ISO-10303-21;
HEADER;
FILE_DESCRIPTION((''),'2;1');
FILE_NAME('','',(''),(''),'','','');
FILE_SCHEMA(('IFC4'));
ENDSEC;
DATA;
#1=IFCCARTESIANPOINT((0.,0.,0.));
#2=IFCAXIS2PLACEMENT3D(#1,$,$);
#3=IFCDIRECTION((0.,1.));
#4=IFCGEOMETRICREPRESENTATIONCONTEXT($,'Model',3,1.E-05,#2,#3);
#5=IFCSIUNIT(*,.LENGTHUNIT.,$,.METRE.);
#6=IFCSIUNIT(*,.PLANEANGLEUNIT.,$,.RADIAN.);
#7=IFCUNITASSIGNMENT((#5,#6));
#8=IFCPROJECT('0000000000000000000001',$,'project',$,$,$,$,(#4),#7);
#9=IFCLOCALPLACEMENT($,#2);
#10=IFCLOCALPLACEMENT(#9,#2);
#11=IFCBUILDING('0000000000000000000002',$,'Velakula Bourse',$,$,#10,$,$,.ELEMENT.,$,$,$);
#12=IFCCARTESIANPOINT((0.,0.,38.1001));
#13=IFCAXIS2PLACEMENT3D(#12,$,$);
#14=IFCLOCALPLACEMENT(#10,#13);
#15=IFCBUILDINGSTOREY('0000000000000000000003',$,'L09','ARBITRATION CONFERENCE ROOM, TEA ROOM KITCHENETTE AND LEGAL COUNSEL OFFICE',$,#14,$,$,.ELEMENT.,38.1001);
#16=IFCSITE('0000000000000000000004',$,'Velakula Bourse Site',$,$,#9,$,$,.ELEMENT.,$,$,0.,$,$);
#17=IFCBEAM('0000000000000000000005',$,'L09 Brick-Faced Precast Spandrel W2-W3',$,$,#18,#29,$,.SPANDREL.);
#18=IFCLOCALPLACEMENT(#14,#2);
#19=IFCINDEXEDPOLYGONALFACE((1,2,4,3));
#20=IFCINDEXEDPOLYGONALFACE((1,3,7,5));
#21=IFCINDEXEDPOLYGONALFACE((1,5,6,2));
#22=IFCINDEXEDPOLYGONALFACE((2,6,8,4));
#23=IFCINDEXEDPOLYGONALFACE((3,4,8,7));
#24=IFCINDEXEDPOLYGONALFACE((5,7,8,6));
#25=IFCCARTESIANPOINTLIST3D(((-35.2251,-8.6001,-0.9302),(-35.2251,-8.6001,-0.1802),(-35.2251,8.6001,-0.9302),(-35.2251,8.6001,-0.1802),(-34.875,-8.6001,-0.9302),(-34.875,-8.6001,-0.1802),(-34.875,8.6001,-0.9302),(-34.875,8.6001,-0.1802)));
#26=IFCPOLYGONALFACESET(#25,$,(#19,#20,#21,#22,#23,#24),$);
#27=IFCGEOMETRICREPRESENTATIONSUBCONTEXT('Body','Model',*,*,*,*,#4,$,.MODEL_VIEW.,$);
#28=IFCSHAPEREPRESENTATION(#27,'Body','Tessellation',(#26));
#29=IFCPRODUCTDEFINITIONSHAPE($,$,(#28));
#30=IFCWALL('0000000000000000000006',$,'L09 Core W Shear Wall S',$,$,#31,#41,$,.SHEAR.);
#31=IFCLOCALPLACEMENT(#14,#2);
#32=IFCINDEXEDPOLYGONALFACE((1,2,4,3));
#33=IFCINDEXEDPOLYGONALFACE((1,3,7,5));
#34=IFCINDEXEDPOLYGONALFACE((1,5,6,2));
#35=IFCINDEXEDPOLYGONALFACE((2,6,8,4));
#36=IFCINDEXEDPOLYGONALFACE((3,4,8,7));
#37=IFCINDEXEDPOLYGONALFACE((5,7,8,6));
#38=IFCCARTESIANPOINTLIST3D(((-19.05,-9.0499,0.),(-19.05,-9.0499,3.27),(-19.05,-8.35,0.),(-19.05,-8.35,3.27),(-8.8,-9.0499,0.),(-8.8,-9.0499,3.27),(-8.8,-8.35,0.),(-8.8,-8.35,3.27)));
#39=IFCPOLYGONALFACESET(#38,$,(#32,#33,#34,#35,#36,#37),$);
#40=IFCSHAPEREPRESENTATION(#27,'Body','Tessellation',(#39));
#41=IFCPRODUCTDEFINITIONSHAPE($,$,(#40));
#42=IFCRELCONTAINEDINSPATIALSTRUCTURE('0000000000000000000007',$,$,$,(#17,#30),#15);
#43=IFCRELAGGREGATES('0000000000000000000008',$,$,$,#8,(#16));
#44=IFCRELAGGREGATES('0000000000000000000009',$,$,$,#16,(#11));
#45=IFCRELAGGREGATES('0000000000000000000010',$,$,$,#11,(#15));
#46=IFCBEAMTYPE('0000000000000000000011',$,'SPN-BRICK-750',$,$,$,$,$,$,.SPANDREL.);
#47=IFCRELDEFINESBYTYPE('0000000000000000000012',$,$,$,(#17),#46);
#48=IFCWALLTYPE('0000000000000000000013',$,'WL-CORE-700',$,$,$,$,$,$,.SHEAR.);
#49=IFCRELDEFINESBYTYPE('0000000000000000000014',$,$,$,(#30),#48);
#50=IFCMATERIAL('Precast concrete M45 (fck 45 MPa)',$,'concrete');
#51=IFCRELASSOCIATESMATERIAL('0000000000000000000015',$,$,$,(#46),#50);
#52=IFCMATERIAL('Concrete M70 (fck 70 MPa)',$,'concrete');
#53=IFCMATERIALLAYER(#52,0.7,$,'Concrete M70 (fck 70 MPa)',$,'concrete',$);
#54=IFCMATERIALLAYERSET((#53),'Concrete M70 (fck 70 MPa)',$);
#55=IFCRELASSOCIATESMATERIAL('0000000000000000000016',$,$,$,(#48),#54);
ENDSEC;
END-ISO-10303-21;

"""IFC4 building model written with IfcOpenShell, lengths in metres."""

from ifc_helpers import new_model, si_unit, direction, frame, frame_2d, origin, origin_2d, place, context, subcontext, project, spatial, rectangle, extrude, material, layer, layer_set, material_profile, profile_set, type_object, element, save


model = new_model("IFC4")

# Units and contexts
model_context = context("Model", 3, precision=1e-05, world=origin(), true_north=direction((0.0, 1.0)))
body_context = subcontext(model_context, "Body", "Model", "MODEL_VIEW")
ifc_project = project(units=[si_unit("LENGTHUNIT", "METRE"), si_unit("PLANEANGLEUNIT", "RADIAN")], contexts=[model_context])

# Site, building, storey
site_placement = place(None, origin())
site = spatial("IfcSite", under=ifc_project, at=site_placement, Name="Velakula Bourse Site", CompositionType="ELEMENT", RefElevation=0.0)
building_placement = place(site_placement, origin())
building = spatial("IfcBuilding", under=site, at=building_placement, Name="Velakula Bourse", CompositionType="ELEMENT")
storey_placement = place(building_placement, frame((0.0, 0.0, 38.1001)))
storey = spatial("IfcBuildingStorey", under=building, at=storey_placement, Name="L09", Description="ARBITRATION CONFERENCE ROOM, TEA ROOM KITCHENETTE AND LEGAL COUNSEL OFFICE", CompositionType="ELEMENT", Elevation=38.1001)

# Beam
ifc_material_1 = material(Name="Precast concrete M45 (fck 45 MPa)", Category="concrete")
ifc_material_profile_1 = material_profile(ifc_material_1, rectangle(XDim=0.3501, YDim=0.75, at=origin_2d()), Name="Precast concrete M45 (fck 45 MPa)")
ifc_profile_set_1 = profile_set([ifc_material_profile_1], Name="Precast concrete M45 (fck 45 MPa)")
beam_type_1 = type_object("IfcBeamType", Name="SPN-BRICK-750", PredefinedType="SPANDREL", material=ifc_profile_set_1)
beam_1_placement = place(storey_placement, frame((-35.05, -8.6001, -0.5552), z_axis=(0.0, 1.0, 0.0), x_axis=(-1.0, 0.0, 0.0)))
element("IfcBeam", 1, at=beam_1_placement, inside=storey, type_object=beam_type_1, Name="L09 Brick-Faced Precast Spandrel W2-W3", PredefinedType="SPANDREL", context=body_context, shape_type="SweptSolid", body=[
    extrude(rectangle(XDim=0.3501, YDim=0.75, at=origin_2d()), origin(), (0.0, 0.0, 1.0), 17.2002),
])

# Wall
ifc_material_2 = material(Name="Concrete M70 (fck 70 MPa)", Category="concrete")
ifc_layer_1 = layer(ifc_material_2, 0.7, Name="Concrete M70 (fck 70 MPa)", Category="concrete")
ifc_layer_set_1 = layer_set([ifc_layer_1], Name="Concrete M70 (fck 70 MPa)")
wall_type_1 = type_object("IfcWallType", Name="WL-CORE-700", PredefinedType="SHEAR", material=ifc_layer_set_1)
wall_1_placement = place(storey_placement, frame((-19.05, -8.7, 0.0), z_axis=(0.0, 0.0, 1.0), x_axis=(1.0, 0.0, 0.0)))
element("IfcWall", 2, at=wall_1_placement, inside=storey, type_object=wall_type_1, Name="L09 Core W Shear Wall S", PredefinedType="SHEAR", context=body_context, shape_type="SweptSolid", body=[
    extrude(rectangle(XDim=10.25, YDim=0.7, at=frame_2d((5.125, 0.0))), origin(), (0.0, 0.0, 1.0), 3.27),
])

save(model, "model.ifc")
